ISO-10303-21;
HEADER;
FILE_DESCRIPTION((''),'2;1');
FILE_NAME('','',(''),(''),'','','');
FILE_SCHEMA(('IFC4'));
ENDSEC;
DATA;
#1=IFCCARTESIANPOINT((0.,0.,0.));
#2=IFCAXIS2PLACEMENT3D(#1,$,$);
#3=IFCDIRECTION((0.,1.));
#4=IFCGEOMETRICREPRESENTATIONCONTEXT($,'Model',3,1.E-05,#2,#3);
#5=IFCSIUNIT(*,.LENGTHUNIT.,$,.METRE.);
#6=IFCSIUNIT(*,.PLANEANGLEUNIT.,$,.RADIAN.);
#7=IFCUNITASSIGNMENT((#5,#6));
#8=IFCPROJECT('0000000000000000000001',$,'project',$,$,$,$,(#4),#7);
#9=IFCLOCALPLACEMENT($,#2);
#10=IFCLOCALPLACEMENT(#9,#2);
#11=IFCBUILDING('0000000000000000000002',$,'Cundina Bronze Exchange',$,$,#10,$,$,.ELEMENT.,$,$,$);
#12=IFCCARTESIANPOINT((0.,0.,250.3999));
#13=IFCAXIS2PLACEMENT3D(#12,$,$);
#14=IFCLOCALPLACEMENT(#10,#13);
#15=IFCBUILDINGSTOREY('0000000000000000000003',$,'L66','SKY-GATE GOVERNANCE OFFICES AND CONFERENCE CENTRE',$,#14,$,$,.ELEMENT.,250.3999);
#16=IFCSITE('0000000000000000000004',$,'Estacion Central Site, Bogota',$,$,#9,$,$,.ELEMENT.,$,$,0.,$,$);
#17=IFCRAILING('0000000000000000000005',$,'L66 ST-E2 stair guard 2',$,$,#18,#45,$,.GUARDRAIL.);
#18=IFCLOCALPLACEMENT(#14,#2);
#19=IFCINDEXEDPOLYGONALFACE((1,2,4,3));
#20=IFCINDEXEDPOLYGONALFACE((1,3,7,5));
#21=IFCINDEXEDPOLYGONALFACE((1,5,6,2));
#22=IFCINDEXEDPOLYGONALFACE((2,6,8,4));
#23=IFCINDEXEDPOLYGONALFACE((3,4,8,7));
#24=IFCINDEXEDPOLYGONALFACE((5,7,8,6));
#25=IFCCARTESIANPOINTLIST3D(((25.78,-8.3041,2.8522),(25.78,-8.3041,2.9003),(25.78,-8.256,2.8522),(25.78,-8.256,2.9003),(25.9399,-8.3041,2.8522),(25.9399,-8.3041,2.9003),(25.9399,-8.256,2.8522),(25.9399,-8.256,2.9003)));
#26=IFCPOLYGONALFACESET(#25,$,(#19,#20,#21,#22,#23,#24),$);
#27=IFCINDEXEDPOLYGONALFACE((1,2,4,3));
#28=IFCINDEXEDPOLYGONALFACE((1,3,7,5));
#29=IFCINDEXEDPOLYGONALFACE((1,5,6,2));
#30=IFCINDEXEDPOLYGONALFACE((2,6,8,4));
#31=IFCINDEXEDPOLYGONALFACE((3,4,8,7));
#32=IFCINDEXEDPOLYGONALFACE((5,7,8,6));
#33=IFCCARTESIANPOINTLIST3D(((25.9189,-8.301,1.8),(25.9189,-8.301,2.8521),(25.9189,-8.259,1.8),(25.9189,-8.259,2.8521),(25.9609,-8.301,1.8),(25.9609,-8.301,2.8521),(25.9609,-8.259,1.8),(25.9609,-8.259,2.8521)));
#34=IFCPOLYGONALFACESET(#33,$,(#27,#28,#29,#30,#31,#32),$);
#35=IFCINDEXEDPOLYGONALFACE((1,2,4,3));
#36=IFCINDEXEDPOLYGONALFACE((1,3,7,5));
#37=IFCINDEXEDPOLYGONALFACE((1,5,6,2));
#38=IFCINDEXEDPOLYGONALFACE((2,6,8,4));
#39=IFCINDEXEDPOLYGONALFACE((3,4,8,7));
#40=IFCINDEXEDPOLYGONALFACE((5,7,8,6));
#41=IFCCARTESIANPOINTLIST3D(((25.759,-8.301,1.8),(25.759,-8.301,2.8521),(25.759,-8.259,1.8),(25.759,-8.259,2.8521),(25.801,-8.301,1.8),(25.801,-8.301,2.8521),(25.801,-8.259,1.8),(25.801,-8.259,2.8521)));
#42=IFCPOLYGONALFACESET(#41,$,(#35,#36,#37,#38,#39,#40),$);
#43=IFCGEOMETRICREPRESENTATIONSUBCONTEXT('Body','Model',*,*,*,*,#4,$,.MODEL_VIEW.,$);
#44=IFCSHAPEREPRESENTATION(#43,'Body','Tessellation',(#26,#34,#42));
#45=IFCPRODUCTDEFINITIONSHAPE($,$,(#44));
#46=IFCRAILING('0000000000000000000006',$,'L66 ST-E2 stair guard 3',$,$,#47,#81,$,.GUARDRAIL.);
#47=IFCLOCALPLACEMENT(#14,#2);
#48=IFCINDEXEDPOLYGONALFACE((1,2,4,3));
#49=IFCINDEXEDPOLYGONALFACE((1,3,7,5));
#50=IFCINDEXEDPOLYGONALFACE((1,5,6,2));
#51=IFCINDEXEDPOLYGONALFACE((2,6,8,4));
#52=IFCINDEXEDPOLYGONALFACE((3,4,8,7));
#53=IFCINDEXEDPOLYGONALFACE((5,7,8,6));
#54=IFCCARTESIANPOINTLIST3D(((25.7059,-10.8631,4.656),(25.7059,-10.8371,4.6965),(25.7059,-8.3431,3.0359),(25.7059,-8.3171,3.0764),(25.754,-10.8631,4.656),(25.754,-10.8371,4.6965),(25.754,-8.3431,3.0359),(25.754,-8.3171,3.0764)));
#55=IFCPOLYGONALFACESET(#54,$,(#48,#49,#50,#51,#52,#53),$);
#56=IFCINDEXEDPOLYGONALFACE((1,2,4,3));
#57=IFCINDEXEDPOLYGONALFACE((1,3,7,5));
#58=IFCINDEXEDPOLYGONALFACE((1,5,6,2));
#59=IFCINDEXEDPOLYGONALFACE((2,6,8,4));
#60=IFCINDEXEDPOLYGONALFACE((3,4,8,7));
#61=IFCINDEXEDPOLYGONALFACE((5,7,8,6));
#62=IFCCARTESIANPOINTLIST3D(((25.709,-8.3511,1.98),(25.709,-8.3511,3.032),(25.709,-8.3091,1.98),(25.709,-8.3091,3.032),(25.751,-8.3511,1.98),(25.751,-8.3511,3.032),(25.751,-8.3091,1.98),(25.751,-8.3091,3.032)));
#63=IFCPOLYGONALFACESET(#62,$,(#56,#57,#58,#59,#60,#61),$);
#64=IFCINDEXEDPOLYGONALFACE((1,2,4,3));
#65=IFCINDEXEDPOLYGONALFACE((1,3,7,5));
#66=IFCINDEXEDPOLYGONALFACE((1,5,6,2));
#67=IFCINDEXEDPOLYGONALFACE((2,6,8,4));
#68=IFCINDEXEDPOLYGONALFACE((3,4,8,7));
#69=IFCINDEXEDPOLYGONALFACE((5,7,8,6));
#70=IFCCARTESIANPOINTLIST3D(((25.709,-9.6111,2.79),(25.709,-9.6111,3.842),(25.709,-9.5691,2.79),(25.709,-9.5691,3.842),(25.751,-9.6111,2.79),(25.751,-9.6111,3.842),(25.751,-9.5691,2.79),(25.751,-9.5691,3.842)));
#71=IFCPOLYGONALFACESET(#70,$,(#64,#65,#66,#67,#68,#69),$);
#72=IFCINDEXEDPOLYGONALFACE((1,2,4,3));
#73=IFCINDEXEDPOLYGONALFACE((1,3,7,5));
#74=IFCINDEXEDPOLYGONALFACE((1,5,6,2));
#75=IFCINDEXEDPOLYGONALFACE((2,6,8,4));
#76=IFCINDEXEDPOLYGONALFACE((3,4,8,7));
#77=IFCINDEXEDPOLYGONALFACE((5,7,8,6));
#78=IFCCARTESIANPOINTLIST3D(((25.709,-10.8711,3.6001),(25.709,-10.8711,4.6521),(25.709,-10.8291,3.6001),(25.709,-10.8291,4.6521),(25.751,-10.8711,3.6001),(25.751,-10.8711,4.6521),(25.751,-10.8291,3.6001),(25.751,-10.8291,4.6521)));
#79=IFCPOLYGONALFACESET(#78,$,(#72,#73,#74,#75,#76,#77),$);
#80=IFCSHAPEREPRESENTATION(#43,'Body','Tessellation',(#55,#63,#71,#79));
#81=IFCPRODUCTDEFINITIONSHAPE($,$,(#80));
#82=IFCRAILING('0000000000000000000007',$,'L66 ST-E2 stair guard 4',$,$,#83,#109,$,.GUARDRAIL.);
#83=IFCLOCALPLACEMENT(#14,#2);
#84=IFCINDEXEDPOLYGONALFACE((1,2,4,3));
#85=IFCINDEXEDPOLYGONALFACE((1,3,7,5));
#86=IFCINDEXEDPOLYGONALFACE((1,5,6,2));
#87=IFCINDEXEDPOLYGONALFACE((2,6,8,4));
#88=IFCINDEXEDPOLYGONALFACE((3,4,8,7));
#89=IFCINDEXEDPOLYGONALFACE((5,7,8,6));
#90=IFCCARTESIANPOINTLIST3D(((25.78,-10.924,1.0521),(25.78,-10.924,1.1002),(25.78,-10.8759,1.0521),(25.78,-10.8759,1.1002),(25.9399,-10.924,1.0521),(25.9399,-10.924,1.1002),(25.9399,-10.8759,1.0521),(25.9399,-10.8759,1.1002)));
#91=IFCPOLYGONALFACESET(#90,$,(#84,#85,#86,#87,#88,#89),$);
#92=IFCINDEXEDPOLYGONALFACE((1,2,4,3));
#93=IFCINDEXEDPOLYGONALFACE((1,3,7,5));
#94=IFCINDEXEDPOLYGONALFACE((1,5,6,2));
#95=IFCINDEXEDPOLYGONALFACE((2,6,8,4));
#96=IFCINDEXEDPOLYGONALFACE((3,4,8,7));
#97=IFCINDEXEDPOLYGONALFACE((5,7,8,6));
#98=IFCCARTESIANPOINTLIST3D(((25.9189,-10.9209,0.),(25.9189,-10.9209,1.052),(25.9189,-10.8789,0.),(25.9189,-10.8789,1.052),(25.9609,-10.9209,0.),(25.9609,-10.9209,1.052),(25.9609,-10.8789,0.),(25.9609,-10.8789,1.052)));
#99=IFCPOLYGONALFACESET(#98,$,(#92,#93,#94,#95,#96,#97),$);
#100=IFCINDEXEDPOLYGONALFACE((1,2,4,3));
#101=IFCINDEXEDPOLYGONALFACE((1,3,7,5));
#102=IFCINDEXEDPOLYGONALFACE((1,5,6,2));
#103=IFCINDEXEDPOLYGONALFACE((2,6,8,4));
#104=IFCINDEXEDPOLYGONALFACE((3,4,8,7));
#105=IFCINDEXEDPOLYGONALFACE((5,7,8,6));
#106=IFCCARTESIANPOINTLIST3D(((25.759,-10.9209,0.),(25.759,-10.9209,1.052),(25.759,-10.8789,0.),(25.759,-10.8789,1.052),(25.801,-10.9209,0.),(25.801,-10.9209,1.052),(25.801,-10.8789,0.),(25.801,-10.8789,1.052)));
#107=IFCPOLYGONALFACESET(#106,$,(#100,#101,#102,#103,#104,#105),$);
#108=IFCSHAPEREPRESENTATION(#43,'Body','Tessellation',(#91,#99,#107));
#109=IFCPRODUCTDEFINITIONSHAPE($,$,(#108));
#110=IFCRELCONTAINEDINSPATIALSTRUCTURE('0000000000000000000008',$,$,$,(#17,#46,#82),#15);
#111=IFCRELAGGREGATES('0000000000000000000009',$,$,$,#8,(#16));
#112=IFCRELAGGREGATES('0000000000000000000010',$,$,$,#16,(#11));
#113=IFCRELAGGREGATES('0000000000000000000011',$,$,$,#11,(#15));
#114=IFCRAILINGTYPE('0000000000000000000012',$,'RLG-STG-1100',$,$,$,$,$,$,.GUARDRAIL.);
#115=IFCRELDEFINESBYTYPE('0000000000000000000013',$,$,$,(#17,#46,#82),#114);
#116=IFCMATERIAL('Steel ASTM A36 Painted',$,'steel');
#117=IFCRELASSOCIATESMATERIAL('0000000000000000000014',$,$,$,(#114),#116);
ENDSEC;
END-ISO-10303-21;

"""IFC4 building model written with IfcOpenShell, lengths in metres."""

from ifc_helpers import new_model, si_unit, direction, frame, origin, origin_2d, place, context, subcontext, project, spatial, rectangle, extrude, material, type_object, element, save


model = new_model("IFC4")

# Units and contexts
model_context = context("Model", 3, precision=1e-05, world=origin(), true_north=direction((0.0, 1.0)))
body_context = subcontext(model_context, "Body", "Model", "MODEL_VIEW")
ifc_project = project(units=[si_unit("LENGTHUNIT", "METRE"), si_unit("PLANEANGLEUNIT", "RADIAN")], contexts=[model_context])

# Site, building, storey
site_placement = place(None, origin())
site = spatial("IfcSite", under=ifc_project, at=site_placement, Name="Estacion Central Site, Bogota", CompositionType="ELEMENT", RefElevation=0.0)
building_placement = place(site_placement, origin())
building = spatial("IfcBuilding", under=site, at=building_placement, Name="Cundina Bronze Exchange", CompositionType="ELEMENT")
storey_placement = place(building_placement, frame((0.0, 0.0, 250.3999)))
storey = spatial("IfcBuildingStorey", under=building, at=storey_placement, Name="L66", Description="SKY-GATE GOVERNANCE OFFICES AND CONFERENCE CENTRE", CompositionType="ELEMENT", Elevation=250.3999)

# Shared definitions
ifc_material_1 = material(Name="Steel ASTM A36 Painted", Category="steel")

# Railings
railing_type_1 = type_object("IfcRailingType", Name="RLG-STG-1100", PredefinedType="GUARDRAIL", material=ifc_material_1)
railing_1_placement = place(storey_placement, frame((25.9399, -8.28, 1.8)))
element("IfcRailing", 1, at=railing_1_placement, inside=storey, type_object=railing_type_1, Name="L66 ST-E2 stair guard 2", PredefinedType="GUARDRAIL", context=body_context, shape_type="SweptSolid", body=[
    extrude(rectangle(XDim=0.0481, YDim=0.0481, at=origin_2d()), frame((0.0, 0.0, 1.0762), z_axis=(-1.0, 0.0, 0.0), x_axis=(0.0, -1.0, 0.0)), (0.0, 0.0, 1.0), 0.1599),
    extrude(rectangle(XDim=0.042, YDim=0.042, at=origin_2d()), origin(), (0.0, 0.0, 1.0), 1.052),
    extrude(rectangle(XDim=0.042, YDim=0.042, at=origin_2d()), frame((-0.1599, 0.0, 0.0)), (0.0, 0.0, 1.0), 1.052),
])
railing_2_placement = place(storey_placement, frame((25.73, -8.3301, 1.98)))
element("IfcRailing", 2, at=railing_2_placement, inside=storey, type_object=railing_type_1, Name="L66 ST-E2 stair guard 3", PredefinedType="GUARDRAIL", context=body_context, shape_type="SweptSolid", body=[
    extrude(rectangle(XDim=0.0481, YDim=0.0481, at=origin_2d()), frame((0.0, 0.0, 1.0762), z_axis=(0.0, -0.841163, 0.540782), x_axis=(1.0, 0.0, 0.0)), (0.0, 0.0, 1.0), 2.9958),
    extrude(rectangle(XDim=0.042, YDim=0.042, at=origin_2d()), origin(), (0.0, 0.0, 1.0), 1.052),
    extrude(rectangle(XDim=0.042, YDim=0.042, at=origin_2d()), frame((0.0, -1.26, 0.8101)), (0.0, 0.0, 1.0), 1.052),
    extrude(rectangle(XDim=0.042, YDim=0.042, at=origin_2d()), frame((0.0, -2.52, 1.6201)), (0.0, 0.0, 1.0), 1.052),
])
railing_3_placement = place(storey_placement, frame((25.9399, -10.8999, 0.0)))
element("IfcRailing", 3, at=railing_3_placement, inside=storey, type_object=railing_type_1, Name="L66 ST-E2 stair guard 4", PredefinedType="GUARDRAIL", context=body_context, shape_type="SweptSolid", body=[
    extrude(rectangle(XDim=0.0481, YDim=0.0481, at=origin_2d()), frame((0.0, 0.0, 1.0762), z_axis=(-1.0, 0.0, 0.0), x_axis=(0.0, -1.0, 0.0)), (0.0, 0.0, 1.0), 0.1599),
    extrude(rectangle(XDim=0.042, YDim=0.042, at=origin_2d()), origin(), (0.0, 0.0, 1.0), 1.052),
    extrude(rectangle(XDim=0.042, YDim=0.042, at=origin_2d()), frame((-0.1599, 0.0, 0.0)), (0.0, 0.0, 1.0), 1.052),
])

save(model, "model.ifc")
